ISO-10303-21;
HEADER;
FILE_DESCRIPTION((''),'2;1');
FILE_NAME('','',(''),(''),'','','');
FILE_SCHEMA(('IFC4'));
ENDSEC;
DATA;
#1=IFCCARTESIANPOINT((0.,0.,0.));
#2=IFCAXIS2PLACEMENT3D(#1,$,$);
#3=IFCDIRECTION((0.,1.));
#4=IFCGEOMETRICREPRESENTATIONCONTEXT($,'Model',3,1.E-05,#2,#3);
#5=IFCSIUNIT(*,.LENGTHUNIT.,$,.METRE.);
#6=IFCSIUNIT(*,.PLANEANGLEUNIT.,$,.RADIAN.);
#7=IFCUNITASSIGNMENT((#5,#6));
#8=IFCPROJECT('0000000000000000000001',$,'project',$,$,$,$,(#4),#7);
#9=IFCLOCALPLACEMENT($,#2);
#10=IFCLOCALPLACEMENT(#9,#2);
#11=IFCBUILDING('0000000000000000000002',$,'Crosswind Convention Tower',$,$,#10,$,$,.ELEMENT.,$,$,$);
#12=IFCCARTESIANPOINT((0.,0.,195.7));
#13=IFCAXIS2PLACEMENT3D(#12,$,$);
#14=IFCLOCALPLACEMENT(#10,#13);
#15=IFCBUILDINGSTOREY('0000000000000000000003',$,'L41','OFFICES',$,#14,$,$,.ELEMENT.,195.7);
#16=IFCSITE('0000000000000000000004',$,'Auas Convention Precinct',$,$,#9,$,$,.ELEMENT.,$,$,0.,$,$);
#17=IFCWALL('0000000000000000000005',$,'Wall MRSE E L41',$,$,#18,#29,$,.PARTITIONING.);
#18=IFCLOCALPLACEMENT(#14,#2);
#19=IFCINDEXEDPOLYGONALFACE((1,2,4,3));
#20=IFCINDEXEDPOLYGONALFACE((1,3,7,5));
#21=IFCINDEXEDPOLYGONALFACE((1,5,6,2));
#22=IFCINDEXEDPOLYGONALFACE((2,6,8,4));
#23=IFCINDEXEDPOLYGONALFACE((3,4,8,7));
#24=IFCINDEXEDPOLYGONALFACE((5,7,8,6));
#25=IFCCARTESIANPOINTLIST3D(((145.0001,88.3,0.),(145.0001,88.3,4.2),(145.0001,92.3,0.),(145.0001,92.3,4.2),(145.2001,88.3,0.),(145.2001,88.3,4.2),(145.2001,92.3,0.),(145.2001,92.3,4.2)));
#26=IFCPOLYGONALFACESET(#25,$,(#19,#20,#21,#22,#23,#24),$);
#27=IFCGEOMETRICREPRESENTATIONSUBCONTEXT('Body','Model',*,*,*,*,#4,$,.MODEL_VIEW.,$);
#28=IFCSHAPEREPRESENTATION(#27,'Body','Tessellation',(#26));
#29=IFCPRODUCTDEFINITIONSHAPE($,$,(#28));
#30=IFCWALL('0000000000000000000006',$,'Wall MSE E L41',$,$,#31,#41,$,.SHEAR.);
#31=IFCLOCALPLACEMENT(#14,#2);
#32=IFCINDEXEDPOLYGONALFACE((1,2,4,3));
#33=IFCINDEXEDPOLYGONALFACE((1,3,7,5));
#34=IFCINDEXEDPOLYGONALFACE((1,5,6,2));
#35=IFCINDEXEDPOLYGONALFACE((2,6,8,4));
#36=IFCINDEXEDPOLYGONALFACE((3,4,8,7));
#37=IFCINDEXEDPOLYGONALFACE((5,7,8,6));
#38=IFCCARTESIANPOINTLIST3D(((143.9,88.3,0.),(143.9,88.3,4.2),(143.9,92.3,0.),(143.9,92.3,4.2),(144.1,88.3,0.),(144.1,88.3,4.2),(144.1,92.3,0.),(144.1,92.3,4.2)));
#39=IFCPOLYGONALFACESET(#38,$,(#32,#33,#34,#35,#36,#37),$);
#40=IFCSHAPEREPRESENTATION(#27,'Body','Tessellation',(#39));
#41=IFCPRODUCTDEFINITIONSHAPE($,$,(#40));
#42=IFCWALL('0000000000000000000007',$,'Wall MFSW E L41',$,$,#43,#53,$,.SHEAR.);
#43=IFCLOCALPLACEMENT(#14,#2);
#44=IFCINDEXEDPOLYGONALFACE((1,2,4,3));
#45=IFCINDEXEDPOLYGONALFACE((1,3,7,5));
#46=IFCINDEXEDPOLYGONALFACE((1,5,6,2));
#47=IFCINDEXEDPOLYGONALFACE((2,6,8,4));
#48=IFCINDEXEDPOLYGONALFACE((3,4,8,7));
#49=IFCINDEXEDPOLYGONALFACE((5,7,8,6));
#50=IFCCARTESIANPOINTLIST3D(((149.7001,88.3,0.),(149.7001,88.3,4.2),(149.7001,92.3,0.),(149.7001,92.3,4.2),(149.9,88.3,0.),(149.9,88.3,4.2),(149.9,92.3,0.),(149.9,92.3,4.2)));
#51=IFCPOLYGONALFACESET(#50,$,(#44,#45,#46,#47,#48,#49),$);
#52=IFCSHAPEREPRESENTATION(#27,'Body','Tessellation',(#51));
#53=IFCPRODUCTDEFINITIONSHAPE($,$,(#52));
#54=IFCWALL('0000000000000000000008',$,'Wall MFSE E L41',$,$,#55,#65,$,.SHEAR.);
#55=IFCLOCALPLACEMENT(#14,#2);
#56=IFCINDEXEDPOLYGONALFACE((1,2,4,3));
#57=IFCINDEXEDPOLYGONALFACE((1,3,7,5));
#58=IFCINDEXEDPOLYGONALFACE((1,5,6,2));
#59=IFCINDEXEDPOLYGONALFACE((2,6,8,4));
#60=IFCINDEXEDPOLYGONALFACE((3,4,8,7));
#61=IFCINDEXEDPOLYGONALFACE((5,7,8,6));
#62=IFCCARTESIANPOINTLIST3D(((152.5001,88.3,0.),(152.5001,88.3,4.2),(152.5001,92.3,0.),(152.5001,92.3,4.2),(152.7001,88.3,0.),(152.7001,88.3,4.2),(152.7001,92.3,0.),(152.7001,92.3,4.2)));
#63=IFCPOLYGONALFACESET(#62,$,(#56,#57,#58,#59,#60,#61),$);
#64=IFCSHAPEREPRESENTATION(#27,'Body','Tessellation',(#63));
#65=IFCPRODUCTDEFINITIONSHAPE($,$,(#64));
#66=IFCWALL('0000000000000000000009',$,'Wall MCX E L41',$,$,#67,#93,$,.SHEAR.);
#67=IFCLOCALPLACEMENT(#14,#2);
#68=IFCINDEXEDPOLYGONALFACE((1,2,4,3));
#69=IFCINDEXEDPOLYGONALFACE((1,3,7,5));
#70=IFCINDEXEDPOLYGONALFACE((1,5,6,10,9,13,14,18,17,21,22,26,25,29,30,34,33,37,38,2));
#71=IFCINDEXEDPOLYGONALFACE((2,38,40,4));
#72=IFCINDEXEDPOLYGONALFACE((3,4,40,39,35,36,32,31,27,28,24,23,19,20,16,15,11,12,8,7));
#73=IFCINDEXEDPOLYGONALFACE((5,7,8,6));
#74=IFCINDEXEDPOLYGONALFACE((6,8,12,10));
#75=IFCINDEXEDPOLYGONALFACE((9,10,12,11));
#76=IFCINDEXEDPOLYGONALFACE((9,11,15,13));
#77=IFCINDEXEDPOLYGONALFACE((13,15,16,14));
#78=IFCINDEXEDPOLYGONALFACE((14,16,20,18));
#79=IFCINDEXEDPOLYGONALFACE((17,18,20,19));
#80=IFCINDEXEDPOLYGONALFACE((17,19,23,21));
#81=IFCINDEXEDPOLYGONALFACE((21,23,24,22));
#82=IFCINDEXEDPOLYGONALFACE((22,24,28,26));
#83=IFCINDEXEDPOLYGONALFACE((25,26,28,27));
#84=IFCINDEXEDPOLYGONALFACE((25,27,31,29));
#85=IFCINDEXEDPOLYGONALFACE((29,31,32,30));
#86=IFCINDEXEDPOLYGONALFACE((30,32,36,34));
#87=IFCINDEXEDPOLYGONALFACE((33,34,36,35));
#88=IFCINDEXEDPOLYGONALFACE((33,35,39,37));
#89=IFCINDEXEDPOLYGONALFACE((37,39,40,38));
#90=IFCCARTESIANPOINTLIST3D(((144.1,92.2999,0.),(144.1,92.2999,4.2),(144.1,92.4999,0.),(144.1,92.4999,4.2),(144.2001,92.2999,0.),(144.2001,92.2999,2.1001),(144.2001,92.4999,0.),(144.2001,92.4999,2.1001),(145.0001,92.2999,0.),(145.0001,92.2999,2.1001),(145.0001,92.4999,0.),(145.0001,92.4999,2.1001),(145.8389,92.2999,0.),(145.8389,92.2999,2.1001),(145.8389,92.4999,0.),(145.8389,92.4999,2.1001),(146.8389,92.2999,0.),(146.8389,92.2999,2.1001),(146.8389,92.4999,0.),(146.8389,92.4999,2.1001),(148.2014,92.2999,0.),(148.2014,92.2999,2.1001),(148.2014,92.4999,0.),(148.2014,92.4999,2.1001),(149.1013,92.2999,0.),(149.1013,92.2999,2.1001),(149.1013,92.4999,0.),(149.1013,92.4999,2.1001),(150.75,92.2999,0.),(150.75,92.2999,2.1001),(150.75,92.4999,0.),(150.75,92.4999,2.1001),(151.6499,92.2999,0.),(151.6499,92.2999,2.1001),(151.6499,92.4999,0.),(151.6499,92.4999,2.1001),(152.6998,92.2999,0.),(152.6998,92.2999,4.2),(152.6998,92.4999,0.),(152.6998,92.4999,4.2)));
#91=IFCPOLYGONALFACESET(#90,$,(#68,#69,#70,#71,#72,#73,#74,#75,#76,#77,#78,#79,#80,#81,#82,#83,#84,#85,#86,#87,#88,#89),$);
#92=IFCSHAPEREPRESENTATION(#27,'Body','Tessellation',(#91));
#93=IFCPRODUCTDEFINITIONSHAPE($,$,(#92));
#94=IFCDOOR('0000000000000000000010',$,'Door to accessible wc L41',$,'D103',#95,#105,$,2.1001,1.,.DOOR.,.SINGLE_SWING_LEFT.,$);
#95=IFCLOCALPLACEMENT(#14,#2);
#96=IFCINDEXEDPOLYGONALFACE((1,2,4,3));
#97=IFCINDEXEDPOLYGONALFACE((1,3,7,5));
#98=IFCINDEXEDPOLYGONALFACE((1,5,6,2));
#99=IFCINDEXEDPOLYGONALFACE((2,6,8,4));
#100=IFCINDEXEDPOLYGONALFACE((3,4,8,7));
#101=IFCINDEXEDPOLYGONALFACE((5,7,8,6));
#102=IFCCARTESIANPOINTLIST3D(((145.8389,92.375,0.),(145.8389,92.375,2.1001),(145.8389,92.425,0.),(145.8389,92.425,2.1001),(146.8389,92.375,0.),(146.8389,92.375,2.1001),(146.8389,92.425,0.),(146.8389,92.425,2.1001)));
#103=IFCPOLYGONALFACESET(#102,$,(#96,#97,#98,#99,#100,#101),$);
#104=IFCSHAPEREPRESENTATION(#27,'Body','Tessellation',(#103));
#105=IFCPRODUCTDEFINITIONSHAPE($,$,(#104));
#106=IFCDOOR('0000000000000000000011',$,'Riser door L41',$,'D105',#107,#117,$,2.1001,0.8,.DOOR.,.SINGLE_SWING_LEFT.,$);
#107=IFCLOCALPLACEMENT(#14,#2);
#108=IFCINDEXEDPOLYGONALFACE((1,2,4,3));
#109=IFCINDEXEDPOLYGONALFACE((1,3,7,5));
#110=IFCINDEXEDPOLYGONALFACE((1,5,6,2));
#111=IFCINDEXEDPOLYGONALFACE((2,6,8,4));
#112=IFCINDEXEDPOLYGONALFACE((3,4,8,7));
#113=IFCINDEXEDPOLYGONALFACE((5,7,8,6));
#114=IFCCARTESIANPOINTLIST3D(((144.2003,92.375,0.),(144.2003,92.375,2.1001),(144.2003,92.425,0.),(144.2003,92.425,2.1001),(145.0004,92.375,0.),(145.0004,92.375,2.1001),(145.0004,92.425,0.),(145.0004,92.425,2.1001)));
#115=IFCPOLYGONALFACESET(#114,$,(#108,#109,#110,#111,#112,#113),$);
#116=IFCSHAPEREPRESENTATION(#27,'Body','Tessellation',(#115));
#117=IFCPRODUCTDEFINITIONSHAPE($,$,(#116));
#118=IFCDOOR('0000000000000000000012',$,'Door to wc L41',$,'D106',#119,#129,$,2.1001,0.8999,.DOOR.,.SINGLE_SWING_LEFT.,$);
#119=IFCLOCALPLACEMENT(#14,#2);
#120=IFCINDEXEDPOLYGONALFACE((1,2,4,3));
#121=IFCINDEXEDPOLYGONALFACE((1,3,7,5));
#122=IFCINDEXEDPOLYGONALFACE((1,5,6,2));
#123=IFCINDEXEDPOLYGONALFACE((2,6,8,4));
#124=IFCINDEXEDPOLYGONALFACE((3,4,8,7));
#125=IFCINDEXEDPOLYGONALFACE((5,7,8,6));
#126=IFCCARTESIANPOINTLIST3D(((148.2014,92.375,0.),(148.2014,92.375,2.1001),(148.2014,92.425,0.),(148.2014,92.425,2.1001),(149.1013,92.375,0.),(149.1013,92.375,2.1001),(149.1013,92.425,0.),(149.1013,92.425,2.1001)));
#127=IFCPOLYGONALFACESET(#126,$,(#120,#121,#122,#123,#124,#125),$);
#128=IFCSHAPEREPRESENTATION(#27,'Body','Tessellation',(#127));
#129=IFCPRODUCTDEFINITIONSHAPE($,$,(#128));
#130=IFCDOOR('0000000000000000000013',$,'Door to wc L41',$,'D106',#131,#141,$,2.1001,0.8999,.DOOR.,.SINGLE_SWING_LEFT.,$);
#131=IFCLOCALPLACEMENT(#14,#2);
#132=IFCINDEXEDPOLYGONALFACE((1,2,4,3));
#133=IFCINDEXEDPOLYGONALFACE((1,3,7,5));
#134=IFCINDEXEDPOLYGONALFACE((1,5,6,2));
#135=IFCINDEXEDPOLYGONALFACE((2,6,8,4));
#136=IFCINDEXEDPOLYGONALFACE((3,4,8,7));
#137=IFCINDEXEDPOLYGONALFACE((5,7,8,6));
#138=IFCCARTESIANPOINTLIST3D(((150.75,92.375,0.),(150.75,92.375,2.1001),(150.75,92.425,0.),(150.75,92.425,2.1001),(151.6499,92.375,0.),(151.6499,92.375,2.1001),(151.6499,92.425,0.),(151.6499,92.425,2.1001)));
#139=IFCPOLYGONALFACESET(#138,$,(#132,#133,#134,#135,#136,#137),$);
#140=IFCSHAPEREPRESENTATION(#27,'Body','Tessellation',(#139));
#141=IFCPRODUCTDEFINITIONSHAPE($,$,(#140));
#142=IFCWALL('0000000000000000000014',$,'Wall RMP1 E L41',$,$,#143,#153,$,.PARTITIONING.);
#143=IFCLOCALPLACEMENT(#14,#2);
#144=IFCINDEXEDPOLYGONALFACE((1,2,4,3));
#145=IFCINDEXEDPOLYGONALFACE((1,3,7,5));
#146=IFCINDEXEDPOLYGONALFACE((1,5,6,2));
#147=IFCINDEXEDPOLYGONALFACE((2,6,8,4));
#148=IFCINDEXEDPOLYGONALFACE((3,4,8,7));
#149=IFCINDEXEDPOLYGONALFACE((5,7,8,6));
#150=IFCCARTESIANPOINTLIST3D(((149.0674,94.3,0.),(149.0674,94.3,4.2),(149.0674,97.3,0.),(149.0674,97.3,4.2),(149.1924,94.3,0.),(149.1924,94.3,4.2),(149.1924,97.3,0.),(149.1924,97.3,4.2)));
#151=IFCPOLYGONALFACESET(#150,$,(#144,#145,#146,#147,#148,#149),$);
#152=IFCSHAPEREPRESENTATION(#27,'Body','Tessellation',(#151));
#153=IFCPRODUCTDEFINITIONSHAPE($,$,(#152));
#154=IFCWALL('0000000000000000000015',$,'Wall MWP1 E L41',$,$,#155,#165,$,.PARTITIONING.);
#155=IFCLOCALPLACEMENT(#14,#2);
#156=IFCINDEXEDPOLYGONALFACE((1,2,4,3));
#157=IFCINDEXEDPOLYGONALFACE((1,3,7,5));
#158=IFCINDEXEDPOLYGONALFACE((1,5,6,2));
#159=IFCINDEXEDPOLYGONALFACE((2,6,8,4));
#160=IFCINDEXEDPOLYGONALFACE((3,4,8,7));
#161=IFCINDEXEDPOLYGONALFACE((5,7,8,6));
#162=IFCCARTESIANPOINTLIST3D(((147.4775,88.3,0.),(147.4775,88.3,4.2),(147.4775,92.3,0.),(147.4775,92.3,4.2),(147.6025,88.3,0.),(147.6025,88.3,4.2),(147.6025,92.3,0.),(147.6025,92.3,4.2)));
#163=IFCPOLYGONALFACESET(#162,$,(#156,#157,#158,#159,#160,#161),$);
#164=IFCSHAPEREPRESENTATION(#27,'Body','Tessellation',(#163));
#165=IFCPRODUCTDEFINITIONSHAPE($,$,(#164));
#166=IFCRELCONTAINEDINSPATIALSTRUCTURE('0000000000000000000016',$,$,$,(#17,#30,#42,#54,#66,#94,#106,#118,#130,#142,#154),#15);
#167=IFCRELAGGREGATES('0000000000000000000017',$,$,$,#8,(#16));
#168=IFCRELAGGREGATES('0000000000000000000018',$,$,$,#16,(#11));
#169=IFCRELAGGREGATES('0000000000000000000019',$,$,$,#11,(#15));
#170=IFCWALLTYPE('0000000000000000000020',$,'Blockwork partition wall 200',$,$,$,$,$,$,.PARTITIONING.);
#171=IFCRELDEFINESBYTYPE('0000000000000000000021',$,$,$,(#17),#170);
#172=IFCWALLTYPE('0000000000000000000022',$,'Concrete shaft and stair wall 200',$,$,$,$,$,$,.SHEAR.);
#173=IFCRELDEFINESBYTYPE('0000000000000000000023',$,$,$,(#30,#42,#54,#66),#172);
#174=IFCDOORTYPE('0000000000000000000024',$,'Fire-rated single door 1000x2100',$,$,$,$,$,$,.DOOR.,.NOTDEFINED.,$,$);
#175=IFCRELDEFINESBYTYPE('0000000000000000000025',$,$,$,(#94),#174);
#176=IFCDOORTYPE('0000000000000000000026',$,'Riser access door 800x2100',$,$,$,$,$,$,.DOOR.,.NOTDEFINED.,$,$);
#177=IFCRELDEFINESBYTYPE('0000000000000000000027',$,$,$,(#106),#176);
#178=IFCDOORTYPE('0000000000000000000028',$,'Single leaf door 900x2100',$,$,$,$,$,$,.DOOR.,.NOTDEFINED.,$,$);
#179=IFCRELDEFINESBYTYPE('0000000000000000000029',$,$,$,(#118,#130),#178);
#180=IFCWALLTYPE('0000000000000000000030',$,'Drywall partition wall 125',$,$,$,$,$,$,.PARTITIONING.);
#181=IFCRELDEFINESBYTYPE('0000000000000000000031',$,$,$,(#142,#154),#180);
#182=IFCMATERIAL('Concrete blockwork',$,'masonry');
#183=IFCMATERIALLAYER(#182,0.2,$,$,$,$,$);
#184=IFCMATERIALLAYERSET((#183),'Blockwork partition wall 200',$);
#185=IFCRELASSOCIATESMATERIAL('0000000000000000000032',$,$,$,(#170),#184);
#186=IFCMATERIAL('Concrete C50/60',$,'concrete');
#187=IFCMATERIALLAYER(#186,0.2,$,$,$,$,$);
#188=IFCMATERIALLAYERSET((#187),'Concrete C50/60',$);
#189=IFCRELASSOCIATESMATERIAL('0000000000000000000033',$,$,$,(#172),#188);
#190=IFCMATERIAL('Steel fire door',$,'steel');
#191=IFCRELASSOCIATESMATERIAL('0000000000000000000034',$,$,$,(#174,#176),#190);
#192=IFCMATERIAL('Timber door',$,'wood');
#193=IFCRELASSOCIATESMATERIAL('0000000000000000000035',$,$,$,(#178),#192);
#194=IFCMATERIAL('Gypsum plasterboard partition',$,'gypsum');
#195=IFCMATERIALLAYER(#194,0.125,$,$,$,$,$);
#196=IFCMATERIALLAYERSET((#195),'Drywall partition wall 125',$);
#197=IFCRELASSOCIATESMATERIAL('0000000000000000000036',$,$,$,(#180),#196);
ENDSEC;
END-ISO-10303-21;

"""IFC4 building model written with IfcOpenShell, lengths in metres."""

from ifc_helpers import new_model, si_unit, direction, frame, frame_2d, origin, place, context, subcontext, project, spatial, rectangle, extrude, material, layer, layer_set, type_object, element, fill, save


model = new_model("IFC4")

# Units and contexts
model_context = context("Model", 3, precision=1e-05, world=origin(), true_north=direction((0.0, 1.0)))
body_context = subcontext(model_context, "Body", "Model", "MODEL_VIEW")
ifc_project = project(units=[si_unit("LENGTHUNIT", "METRE"), si_unit("PLANEANGLEUNIT", "RADIAN")], contexts=[model_context])

# Site, building, storey
site_placement = place(None, origin())
site = spatial("IfcSite", under=ifc_project, at=site_placement, Name="Auas Convention Precinct", CompositionType="ELEMENT", RefElevation=0.0)
building_placement = place(site_placement, origin())
building = spatial("IfcBuilding", under=site, at=building_placement, Name="Crosswind Convention Tower", CompositionType="ELEMENT")
storey_placement = place(building_placement, frame((0.0, 0.0, 195.7)))
storey = spatial("IfcBuildingStorey", under=building, at=storey_placement, Name="L41", Description="OFFICES", CompositionType="ELEMENT", Elevation=195.7)

# Walls
ifc_material_1 = material(Name="Concrete blockwork", Category="masonry")
ifc_layer_1 = layer(ifc_material_1, 0.2)
ifc_layer_set_1 = layer_set([ifc_layer_1], Name="Blockwork partition wall 200")
wall_type_1 = type_object("IfcWallType", Name="Blockwork partition wall 200", PredefinedType="PARTITIONING", material=ifc_layer_set_1)
wall_1_placement = place(storey_placement, frame((145.1001, 88.3, 0.0), z_axis=(0.0, 0.0, 1.0), x_axis=(0.0, 1.0, 0.0)))
element("IfcWall", 1, at=wall_1_placement, inside=storey, type_object=wall_type_1, Name="Wall MRSE E L41", PredefinedType="PARTITIONING", context=body_context, shape_type="SweptSolid", body=[
    extrude(rectangle(XDim=4.0, YDim=0.2, at=frame_2d((2.0, 0.0))), origin(), (0.0, 0.0, 1.0), 4.2),
])
ifc_material_2 = material(Name="Concrete C50/60", Category="concrete")
ifc_layer_2 = layer(ifc_material_2, 0.2)
ifc_layer_set_2 = layer_set([ifc_layer_2], Name="Concrete C50/60")
wall_type_2 = type_object("IfcWallType", Name="Concrete shaft and stair wall 200", PredefinedType="SHEAR", material=ifc_layer_set_2)
for number, where, z_axis, x_axis, name in (
    (2, (144.0, 88.3, 0.0), (0.0, 0.0, 1.0), (0.0, 1.0, 0.0), "Wall MSE E L41"),
    (3, (149.8, 88.3, 0.0), (0.0, 0.0, 1.0), (0.0, 1.0, 0.0), "Wall MFSW E L41"),
    (4, (152.6001, 88.3, 0.0), (0.0, 0.0, 1.0), (0.0, 1.0, 0.0), "Wall MFSE E L41"),
):
    element("IfcWall", number, at=place(storey_placement, frame(where, z_axis=z_axis, x_axis=x_axis)), inside=storey, type_object=wall_type_2, Name=name, PredefinedType="SHEAR", context=body_context, shape_type="SweptSolid", body=[
        extrude(rectangle(XDim=4.0, YDim=0.2, at=frame_2d((2.0, 0.0))), origin(), (0.0, 0.0, 1.0), 4.2),
    ])

# Wall, openings, doors
wall_2_placement = place(storey_placement, frame((144.1001, 92.3999, 0.0), z_axis=(0.0, 0.0, 1.0), x_axis=(1.0, 0.0, 0.0)))
wall_2 = element("IfcWall", 5, at=wall_2_placement, inside=storey, type_object=wall_type_2, Name="Wall MCX E L41", PredefinedType="SHEAR", context=body_context, shape_type="SweptSolid", body=[
    extrude(rectangle(XDim=8.5999, YDim=0.2, at=frame_2d((4.2998, 0.0))), origin(), (0.0, 0.0, 1.0), 4.2),
])
opening_1_placement = place(wall_2_placement, frame((0.1001, 0.0, 0.0)))
opening_1 = element("IfcOpeningElement", 6, at=opening_1_placement, cuts=wall_2, PredefinedType="OPENING", context=body_context, shape_type="SweptSolid", body=[
    extrude(rectangle(XDim=0.8, YDim=2.1001, at=frame_2d((0.3999, 1.05))), frame((0.0, 0.1099, 0.0), z_axis=(0.0, -1.0, 0.0), x_axis=(1.0, 0.0, 0.0)), (0.0, 0.0, 1.0), 0.22),
])
opening_2_placement = place(wall_2_placement, frame((1.7388, 0.0, 0.0)))
opening_2 = element("IfcOpeningElement", 7, at=opening_2_placement, cuts=wall_2, PredefinedType="OPENING", context=body_context, shape_type="SweptSolid", body=[
    extrude(rectangle(XDim=1.0, YDim=2.1001, at=frame_2d((0.5, 1.05))), frame((0.0, 0.1099, 0.0), z_axis=(0.0, -1.0, 0.0), x_axis=(1.0, 0.0, 0.0)), (0.0, 0.0, 1.0), 0.22),
])
opening_3_placement = place(wall_2_placement, frame((4.1013, 0.0, 0.0)))
opening_3 = element("IfcOpeningElement", 8, at=opening_3_placement, cuts=wall_2, PredefinedType="OPENING", context=body_context, shape_type="SweptSolid", body=[
    extrude(rectangle(XDim=0.8999, YDim=2.1001, at=frame_2d((0.45, 1.05))), frame((0.0, 0.1099, 0.0), z_axis=(0.0, -1.0, 0.0), x_axis=(1.0, 0.0, 0.0)), (0.0, 0.0, 1.0), 0.22),
])
opening_4_placement = place(wall_2_placement, frame((6.6499, 0.0, 0.0)))
opening_4 = element("IfcOpeningElement", 9, at=opening_4_placement, cuts=wall_2, PredefinedType="OPENING", context=body_context, shape_type="SweptSolid", body=[
    extrude(rectangle(XDim=0.8999, YDim=2.1001, at=frame_2d((0.45, 1.05))), frame((0.0, 0.1099, 0.0), z_axis=(0.0, -1.0, 0.0), x_axis=(1.0, 0.0, 0.0)), (0.0, 0.0, 1.0), 0.22),
])
ifc_material_3 = material(Name="Steel fire door", Category="steel")
door_type_1 = type_object("IfcDoorType", Name="Fire-rated single door 1000x2100", OperationType="NOTDEFINED", PredefinedType="DOOR", material=ifc_material_3)
door_1_placement = place(opening_2_placement, frame((1.0, 0.0, 0.0), z_axis=(0.0, 0.0, 1.0), x_axis=(-1.0, 0.0, 0.0)))
door_1 = element("IfcDoor", 10, at=door_1_placement, inside=storey, type_object=door_type_1, Name="Door to accessible wc L41", ObjectType="D103", OperationType="SINGLE_SWING_LEFT", OverallHeight=2.1001, OverallWidth=1.0, PredefinedType="DOOR", context=body_context, shape_type="SweptSolid", body=[
    extrude(rectangle(XDim=1.0, YDim=2.1001, at=frame_2d((0.5, 1.05))), frame((0.0, 0.0249, 0.0), z_axis=(0.0, -1.0, 0.0), x_axis=(1.0, 0.0, 0.0)), (0.0, 0.0, 1.0), 0.05),
])
fill(opening_2, door_1)
door_type_2 = type_object("IfcDoorType", Name="Riser access door 800x2100", OperationType="NOTDEFINED", PredefinedType="DOOR", material=ifc_material_3)
door_2_placement = place(opening_1_placement, frame((0.8, 0.0, 0.0), z_axis=(0.0, 0.0, 1.0), x_axis=(-1.0, 0.0, 0.0)))
door_2 = element("IfcDoor", 11, at=door_2_placement, inside=storey, type_object=door_type_2, Name="Riser door L41", ObjectType="D105", OperationType="SINGLE_SWING_LEFT", OverallHeight=2.1001, OverallWidth=0.8, PredefinedType="DOOR", context=body_context, shape_type="SweptSolid", body=[
    extrude(rectangle(XDim=0.8, YDim=2.1001, at=frame_2d((0.3999, 1.05))), frame((0.0, 0.0249, 0.0), z_axis=(0.0, -1.0, 0.0), x_axis=(1.0, 0.0, 0.0)), (0.0, 0.0, 1.0), 0.05),
])
fill(opening_1, door_2)
ifc_material_4 = material(Name="Timber door", Category="wood")
door_type_3 = type_object("IfcDoorType", Name="Single leaf door 900x2100", OperationType="NOTDEFINED", PredefinedType="DOOR", material=ifc_material_4)
door_3_placement = place(opening_3_placement, frame((0.8999, 0.0, 0.0), z_axis=(0.0, 0.0, 1.0), x_axis=(-1.0, 0.0, 0.0)))
door_3 = element("IfcDoor", 12, at=door_3_placement, inside=storey, type_object=door_type_3, Name="Door to wc L41", ObjectType="D106", OperationType="SINGLE_SWING_LEFT", OverallHeight=2.1001, OverallWidth=0.8999, PredefinedType="DOOR", context=body_context, shape_type="SweptSolid", body=[
    extrude(rectangle(XDim=0.8999, YDim=2.1001, at=frame_2d((0.45, 1.05))), frame((0.0, 0.0249, 0.0), z_axis=(0.0, -1.0, 0.0), x_axis=(1.0, 0.0, 0.0)), (0.0, 0.0, 1.0), 0.05),
])
fill(opening_3, door_3)
door_4_placement = place(opening_4_placement, frame((0.8999, 0.0, 0.0), z_axis=(0.0, 0.0, 1.0), x_axis=(-1.0, 0.0, 0.0)))
door_4 = element("IfcDoor", 13, at=door_4_placement, inside=storey, type_object=door_type_3, Name="Door to wc L41", ObjectType="D106", OperationType="SINGLE_SWING_LEFT", OverallHeight=2.1001, OverallWidth=0.8999, PredefinedType="DOOR", context=body_context, shape_type="SweptSolid", body=[
    extrude(rectangle(XDim=0.8999, YDim=2.1001, at=frame_2d((0.45, 1.05))), frame((0.0, 0.0249, 0.0), z_axis=(0.0, -1.0, 0.0), x_axis=(1.0, 0.0, 0.0)), (0.0, 0.0, 1.0), 0.05),
])
fill(opening_4, door_4)

# Walls
ifc_material_5 = material(Name="Gypsum plasterboard partition", Category="gypsum")
ifc_layer_3 = layer(ifc_material_5, 0.125)
ifc_layer_set_3 = layer_set([ifc_layer_3], Name="Drywall partition wall 125")
wall_type_3 = type_object("IfcWallType", Name="Drywall partition wall 125", PredefinedType="PARTITIONING", material=ifc_layer_set_3)
wall_3_placement = place(storey_placement, frame((149.1299, 94.3, 0.0), z_axis=(0.0, 0.0, 1.0), x_axis=(0.0, 1.0, 0.0)))
element("IfcWall", 14, at=wall_3_placement, inside=storey, type_object=wall_type_3, Name="Wall RMP1 E L41", PredefinedType="PARTITIONING", context=body_context, shape_type="SweptSolid", body=[
    extrude(rectangle(XDim=3.0, YDim=0.125, at=frame_2d((1.5, 0.0))), origin(), (0.0, 0.0, 1.0), 4.2),
])
wall_4_placement = place(storey_placement, frame((147.54, 88.3, 0.0), z_axis=(0.0, 0.0, 1.0), x_axis=(0.0, 1.0, 0.0)))
element("IfcWall", 15, at=wall_4_placement, inside=storey, type_object=wall_type_3, Name="Wall MWP1 E L41", PredefinedType="PARTITIONING", context=body_context, shape_type="SweptSolid", body=[
    extrude(rectangle(XDim=4.0, YDim=0.125, at=frame_2d((2.0, 0.0))), origin(), (0.0, 0.0, 1.0), 4.2),
])

save(model, "model.ifc")
